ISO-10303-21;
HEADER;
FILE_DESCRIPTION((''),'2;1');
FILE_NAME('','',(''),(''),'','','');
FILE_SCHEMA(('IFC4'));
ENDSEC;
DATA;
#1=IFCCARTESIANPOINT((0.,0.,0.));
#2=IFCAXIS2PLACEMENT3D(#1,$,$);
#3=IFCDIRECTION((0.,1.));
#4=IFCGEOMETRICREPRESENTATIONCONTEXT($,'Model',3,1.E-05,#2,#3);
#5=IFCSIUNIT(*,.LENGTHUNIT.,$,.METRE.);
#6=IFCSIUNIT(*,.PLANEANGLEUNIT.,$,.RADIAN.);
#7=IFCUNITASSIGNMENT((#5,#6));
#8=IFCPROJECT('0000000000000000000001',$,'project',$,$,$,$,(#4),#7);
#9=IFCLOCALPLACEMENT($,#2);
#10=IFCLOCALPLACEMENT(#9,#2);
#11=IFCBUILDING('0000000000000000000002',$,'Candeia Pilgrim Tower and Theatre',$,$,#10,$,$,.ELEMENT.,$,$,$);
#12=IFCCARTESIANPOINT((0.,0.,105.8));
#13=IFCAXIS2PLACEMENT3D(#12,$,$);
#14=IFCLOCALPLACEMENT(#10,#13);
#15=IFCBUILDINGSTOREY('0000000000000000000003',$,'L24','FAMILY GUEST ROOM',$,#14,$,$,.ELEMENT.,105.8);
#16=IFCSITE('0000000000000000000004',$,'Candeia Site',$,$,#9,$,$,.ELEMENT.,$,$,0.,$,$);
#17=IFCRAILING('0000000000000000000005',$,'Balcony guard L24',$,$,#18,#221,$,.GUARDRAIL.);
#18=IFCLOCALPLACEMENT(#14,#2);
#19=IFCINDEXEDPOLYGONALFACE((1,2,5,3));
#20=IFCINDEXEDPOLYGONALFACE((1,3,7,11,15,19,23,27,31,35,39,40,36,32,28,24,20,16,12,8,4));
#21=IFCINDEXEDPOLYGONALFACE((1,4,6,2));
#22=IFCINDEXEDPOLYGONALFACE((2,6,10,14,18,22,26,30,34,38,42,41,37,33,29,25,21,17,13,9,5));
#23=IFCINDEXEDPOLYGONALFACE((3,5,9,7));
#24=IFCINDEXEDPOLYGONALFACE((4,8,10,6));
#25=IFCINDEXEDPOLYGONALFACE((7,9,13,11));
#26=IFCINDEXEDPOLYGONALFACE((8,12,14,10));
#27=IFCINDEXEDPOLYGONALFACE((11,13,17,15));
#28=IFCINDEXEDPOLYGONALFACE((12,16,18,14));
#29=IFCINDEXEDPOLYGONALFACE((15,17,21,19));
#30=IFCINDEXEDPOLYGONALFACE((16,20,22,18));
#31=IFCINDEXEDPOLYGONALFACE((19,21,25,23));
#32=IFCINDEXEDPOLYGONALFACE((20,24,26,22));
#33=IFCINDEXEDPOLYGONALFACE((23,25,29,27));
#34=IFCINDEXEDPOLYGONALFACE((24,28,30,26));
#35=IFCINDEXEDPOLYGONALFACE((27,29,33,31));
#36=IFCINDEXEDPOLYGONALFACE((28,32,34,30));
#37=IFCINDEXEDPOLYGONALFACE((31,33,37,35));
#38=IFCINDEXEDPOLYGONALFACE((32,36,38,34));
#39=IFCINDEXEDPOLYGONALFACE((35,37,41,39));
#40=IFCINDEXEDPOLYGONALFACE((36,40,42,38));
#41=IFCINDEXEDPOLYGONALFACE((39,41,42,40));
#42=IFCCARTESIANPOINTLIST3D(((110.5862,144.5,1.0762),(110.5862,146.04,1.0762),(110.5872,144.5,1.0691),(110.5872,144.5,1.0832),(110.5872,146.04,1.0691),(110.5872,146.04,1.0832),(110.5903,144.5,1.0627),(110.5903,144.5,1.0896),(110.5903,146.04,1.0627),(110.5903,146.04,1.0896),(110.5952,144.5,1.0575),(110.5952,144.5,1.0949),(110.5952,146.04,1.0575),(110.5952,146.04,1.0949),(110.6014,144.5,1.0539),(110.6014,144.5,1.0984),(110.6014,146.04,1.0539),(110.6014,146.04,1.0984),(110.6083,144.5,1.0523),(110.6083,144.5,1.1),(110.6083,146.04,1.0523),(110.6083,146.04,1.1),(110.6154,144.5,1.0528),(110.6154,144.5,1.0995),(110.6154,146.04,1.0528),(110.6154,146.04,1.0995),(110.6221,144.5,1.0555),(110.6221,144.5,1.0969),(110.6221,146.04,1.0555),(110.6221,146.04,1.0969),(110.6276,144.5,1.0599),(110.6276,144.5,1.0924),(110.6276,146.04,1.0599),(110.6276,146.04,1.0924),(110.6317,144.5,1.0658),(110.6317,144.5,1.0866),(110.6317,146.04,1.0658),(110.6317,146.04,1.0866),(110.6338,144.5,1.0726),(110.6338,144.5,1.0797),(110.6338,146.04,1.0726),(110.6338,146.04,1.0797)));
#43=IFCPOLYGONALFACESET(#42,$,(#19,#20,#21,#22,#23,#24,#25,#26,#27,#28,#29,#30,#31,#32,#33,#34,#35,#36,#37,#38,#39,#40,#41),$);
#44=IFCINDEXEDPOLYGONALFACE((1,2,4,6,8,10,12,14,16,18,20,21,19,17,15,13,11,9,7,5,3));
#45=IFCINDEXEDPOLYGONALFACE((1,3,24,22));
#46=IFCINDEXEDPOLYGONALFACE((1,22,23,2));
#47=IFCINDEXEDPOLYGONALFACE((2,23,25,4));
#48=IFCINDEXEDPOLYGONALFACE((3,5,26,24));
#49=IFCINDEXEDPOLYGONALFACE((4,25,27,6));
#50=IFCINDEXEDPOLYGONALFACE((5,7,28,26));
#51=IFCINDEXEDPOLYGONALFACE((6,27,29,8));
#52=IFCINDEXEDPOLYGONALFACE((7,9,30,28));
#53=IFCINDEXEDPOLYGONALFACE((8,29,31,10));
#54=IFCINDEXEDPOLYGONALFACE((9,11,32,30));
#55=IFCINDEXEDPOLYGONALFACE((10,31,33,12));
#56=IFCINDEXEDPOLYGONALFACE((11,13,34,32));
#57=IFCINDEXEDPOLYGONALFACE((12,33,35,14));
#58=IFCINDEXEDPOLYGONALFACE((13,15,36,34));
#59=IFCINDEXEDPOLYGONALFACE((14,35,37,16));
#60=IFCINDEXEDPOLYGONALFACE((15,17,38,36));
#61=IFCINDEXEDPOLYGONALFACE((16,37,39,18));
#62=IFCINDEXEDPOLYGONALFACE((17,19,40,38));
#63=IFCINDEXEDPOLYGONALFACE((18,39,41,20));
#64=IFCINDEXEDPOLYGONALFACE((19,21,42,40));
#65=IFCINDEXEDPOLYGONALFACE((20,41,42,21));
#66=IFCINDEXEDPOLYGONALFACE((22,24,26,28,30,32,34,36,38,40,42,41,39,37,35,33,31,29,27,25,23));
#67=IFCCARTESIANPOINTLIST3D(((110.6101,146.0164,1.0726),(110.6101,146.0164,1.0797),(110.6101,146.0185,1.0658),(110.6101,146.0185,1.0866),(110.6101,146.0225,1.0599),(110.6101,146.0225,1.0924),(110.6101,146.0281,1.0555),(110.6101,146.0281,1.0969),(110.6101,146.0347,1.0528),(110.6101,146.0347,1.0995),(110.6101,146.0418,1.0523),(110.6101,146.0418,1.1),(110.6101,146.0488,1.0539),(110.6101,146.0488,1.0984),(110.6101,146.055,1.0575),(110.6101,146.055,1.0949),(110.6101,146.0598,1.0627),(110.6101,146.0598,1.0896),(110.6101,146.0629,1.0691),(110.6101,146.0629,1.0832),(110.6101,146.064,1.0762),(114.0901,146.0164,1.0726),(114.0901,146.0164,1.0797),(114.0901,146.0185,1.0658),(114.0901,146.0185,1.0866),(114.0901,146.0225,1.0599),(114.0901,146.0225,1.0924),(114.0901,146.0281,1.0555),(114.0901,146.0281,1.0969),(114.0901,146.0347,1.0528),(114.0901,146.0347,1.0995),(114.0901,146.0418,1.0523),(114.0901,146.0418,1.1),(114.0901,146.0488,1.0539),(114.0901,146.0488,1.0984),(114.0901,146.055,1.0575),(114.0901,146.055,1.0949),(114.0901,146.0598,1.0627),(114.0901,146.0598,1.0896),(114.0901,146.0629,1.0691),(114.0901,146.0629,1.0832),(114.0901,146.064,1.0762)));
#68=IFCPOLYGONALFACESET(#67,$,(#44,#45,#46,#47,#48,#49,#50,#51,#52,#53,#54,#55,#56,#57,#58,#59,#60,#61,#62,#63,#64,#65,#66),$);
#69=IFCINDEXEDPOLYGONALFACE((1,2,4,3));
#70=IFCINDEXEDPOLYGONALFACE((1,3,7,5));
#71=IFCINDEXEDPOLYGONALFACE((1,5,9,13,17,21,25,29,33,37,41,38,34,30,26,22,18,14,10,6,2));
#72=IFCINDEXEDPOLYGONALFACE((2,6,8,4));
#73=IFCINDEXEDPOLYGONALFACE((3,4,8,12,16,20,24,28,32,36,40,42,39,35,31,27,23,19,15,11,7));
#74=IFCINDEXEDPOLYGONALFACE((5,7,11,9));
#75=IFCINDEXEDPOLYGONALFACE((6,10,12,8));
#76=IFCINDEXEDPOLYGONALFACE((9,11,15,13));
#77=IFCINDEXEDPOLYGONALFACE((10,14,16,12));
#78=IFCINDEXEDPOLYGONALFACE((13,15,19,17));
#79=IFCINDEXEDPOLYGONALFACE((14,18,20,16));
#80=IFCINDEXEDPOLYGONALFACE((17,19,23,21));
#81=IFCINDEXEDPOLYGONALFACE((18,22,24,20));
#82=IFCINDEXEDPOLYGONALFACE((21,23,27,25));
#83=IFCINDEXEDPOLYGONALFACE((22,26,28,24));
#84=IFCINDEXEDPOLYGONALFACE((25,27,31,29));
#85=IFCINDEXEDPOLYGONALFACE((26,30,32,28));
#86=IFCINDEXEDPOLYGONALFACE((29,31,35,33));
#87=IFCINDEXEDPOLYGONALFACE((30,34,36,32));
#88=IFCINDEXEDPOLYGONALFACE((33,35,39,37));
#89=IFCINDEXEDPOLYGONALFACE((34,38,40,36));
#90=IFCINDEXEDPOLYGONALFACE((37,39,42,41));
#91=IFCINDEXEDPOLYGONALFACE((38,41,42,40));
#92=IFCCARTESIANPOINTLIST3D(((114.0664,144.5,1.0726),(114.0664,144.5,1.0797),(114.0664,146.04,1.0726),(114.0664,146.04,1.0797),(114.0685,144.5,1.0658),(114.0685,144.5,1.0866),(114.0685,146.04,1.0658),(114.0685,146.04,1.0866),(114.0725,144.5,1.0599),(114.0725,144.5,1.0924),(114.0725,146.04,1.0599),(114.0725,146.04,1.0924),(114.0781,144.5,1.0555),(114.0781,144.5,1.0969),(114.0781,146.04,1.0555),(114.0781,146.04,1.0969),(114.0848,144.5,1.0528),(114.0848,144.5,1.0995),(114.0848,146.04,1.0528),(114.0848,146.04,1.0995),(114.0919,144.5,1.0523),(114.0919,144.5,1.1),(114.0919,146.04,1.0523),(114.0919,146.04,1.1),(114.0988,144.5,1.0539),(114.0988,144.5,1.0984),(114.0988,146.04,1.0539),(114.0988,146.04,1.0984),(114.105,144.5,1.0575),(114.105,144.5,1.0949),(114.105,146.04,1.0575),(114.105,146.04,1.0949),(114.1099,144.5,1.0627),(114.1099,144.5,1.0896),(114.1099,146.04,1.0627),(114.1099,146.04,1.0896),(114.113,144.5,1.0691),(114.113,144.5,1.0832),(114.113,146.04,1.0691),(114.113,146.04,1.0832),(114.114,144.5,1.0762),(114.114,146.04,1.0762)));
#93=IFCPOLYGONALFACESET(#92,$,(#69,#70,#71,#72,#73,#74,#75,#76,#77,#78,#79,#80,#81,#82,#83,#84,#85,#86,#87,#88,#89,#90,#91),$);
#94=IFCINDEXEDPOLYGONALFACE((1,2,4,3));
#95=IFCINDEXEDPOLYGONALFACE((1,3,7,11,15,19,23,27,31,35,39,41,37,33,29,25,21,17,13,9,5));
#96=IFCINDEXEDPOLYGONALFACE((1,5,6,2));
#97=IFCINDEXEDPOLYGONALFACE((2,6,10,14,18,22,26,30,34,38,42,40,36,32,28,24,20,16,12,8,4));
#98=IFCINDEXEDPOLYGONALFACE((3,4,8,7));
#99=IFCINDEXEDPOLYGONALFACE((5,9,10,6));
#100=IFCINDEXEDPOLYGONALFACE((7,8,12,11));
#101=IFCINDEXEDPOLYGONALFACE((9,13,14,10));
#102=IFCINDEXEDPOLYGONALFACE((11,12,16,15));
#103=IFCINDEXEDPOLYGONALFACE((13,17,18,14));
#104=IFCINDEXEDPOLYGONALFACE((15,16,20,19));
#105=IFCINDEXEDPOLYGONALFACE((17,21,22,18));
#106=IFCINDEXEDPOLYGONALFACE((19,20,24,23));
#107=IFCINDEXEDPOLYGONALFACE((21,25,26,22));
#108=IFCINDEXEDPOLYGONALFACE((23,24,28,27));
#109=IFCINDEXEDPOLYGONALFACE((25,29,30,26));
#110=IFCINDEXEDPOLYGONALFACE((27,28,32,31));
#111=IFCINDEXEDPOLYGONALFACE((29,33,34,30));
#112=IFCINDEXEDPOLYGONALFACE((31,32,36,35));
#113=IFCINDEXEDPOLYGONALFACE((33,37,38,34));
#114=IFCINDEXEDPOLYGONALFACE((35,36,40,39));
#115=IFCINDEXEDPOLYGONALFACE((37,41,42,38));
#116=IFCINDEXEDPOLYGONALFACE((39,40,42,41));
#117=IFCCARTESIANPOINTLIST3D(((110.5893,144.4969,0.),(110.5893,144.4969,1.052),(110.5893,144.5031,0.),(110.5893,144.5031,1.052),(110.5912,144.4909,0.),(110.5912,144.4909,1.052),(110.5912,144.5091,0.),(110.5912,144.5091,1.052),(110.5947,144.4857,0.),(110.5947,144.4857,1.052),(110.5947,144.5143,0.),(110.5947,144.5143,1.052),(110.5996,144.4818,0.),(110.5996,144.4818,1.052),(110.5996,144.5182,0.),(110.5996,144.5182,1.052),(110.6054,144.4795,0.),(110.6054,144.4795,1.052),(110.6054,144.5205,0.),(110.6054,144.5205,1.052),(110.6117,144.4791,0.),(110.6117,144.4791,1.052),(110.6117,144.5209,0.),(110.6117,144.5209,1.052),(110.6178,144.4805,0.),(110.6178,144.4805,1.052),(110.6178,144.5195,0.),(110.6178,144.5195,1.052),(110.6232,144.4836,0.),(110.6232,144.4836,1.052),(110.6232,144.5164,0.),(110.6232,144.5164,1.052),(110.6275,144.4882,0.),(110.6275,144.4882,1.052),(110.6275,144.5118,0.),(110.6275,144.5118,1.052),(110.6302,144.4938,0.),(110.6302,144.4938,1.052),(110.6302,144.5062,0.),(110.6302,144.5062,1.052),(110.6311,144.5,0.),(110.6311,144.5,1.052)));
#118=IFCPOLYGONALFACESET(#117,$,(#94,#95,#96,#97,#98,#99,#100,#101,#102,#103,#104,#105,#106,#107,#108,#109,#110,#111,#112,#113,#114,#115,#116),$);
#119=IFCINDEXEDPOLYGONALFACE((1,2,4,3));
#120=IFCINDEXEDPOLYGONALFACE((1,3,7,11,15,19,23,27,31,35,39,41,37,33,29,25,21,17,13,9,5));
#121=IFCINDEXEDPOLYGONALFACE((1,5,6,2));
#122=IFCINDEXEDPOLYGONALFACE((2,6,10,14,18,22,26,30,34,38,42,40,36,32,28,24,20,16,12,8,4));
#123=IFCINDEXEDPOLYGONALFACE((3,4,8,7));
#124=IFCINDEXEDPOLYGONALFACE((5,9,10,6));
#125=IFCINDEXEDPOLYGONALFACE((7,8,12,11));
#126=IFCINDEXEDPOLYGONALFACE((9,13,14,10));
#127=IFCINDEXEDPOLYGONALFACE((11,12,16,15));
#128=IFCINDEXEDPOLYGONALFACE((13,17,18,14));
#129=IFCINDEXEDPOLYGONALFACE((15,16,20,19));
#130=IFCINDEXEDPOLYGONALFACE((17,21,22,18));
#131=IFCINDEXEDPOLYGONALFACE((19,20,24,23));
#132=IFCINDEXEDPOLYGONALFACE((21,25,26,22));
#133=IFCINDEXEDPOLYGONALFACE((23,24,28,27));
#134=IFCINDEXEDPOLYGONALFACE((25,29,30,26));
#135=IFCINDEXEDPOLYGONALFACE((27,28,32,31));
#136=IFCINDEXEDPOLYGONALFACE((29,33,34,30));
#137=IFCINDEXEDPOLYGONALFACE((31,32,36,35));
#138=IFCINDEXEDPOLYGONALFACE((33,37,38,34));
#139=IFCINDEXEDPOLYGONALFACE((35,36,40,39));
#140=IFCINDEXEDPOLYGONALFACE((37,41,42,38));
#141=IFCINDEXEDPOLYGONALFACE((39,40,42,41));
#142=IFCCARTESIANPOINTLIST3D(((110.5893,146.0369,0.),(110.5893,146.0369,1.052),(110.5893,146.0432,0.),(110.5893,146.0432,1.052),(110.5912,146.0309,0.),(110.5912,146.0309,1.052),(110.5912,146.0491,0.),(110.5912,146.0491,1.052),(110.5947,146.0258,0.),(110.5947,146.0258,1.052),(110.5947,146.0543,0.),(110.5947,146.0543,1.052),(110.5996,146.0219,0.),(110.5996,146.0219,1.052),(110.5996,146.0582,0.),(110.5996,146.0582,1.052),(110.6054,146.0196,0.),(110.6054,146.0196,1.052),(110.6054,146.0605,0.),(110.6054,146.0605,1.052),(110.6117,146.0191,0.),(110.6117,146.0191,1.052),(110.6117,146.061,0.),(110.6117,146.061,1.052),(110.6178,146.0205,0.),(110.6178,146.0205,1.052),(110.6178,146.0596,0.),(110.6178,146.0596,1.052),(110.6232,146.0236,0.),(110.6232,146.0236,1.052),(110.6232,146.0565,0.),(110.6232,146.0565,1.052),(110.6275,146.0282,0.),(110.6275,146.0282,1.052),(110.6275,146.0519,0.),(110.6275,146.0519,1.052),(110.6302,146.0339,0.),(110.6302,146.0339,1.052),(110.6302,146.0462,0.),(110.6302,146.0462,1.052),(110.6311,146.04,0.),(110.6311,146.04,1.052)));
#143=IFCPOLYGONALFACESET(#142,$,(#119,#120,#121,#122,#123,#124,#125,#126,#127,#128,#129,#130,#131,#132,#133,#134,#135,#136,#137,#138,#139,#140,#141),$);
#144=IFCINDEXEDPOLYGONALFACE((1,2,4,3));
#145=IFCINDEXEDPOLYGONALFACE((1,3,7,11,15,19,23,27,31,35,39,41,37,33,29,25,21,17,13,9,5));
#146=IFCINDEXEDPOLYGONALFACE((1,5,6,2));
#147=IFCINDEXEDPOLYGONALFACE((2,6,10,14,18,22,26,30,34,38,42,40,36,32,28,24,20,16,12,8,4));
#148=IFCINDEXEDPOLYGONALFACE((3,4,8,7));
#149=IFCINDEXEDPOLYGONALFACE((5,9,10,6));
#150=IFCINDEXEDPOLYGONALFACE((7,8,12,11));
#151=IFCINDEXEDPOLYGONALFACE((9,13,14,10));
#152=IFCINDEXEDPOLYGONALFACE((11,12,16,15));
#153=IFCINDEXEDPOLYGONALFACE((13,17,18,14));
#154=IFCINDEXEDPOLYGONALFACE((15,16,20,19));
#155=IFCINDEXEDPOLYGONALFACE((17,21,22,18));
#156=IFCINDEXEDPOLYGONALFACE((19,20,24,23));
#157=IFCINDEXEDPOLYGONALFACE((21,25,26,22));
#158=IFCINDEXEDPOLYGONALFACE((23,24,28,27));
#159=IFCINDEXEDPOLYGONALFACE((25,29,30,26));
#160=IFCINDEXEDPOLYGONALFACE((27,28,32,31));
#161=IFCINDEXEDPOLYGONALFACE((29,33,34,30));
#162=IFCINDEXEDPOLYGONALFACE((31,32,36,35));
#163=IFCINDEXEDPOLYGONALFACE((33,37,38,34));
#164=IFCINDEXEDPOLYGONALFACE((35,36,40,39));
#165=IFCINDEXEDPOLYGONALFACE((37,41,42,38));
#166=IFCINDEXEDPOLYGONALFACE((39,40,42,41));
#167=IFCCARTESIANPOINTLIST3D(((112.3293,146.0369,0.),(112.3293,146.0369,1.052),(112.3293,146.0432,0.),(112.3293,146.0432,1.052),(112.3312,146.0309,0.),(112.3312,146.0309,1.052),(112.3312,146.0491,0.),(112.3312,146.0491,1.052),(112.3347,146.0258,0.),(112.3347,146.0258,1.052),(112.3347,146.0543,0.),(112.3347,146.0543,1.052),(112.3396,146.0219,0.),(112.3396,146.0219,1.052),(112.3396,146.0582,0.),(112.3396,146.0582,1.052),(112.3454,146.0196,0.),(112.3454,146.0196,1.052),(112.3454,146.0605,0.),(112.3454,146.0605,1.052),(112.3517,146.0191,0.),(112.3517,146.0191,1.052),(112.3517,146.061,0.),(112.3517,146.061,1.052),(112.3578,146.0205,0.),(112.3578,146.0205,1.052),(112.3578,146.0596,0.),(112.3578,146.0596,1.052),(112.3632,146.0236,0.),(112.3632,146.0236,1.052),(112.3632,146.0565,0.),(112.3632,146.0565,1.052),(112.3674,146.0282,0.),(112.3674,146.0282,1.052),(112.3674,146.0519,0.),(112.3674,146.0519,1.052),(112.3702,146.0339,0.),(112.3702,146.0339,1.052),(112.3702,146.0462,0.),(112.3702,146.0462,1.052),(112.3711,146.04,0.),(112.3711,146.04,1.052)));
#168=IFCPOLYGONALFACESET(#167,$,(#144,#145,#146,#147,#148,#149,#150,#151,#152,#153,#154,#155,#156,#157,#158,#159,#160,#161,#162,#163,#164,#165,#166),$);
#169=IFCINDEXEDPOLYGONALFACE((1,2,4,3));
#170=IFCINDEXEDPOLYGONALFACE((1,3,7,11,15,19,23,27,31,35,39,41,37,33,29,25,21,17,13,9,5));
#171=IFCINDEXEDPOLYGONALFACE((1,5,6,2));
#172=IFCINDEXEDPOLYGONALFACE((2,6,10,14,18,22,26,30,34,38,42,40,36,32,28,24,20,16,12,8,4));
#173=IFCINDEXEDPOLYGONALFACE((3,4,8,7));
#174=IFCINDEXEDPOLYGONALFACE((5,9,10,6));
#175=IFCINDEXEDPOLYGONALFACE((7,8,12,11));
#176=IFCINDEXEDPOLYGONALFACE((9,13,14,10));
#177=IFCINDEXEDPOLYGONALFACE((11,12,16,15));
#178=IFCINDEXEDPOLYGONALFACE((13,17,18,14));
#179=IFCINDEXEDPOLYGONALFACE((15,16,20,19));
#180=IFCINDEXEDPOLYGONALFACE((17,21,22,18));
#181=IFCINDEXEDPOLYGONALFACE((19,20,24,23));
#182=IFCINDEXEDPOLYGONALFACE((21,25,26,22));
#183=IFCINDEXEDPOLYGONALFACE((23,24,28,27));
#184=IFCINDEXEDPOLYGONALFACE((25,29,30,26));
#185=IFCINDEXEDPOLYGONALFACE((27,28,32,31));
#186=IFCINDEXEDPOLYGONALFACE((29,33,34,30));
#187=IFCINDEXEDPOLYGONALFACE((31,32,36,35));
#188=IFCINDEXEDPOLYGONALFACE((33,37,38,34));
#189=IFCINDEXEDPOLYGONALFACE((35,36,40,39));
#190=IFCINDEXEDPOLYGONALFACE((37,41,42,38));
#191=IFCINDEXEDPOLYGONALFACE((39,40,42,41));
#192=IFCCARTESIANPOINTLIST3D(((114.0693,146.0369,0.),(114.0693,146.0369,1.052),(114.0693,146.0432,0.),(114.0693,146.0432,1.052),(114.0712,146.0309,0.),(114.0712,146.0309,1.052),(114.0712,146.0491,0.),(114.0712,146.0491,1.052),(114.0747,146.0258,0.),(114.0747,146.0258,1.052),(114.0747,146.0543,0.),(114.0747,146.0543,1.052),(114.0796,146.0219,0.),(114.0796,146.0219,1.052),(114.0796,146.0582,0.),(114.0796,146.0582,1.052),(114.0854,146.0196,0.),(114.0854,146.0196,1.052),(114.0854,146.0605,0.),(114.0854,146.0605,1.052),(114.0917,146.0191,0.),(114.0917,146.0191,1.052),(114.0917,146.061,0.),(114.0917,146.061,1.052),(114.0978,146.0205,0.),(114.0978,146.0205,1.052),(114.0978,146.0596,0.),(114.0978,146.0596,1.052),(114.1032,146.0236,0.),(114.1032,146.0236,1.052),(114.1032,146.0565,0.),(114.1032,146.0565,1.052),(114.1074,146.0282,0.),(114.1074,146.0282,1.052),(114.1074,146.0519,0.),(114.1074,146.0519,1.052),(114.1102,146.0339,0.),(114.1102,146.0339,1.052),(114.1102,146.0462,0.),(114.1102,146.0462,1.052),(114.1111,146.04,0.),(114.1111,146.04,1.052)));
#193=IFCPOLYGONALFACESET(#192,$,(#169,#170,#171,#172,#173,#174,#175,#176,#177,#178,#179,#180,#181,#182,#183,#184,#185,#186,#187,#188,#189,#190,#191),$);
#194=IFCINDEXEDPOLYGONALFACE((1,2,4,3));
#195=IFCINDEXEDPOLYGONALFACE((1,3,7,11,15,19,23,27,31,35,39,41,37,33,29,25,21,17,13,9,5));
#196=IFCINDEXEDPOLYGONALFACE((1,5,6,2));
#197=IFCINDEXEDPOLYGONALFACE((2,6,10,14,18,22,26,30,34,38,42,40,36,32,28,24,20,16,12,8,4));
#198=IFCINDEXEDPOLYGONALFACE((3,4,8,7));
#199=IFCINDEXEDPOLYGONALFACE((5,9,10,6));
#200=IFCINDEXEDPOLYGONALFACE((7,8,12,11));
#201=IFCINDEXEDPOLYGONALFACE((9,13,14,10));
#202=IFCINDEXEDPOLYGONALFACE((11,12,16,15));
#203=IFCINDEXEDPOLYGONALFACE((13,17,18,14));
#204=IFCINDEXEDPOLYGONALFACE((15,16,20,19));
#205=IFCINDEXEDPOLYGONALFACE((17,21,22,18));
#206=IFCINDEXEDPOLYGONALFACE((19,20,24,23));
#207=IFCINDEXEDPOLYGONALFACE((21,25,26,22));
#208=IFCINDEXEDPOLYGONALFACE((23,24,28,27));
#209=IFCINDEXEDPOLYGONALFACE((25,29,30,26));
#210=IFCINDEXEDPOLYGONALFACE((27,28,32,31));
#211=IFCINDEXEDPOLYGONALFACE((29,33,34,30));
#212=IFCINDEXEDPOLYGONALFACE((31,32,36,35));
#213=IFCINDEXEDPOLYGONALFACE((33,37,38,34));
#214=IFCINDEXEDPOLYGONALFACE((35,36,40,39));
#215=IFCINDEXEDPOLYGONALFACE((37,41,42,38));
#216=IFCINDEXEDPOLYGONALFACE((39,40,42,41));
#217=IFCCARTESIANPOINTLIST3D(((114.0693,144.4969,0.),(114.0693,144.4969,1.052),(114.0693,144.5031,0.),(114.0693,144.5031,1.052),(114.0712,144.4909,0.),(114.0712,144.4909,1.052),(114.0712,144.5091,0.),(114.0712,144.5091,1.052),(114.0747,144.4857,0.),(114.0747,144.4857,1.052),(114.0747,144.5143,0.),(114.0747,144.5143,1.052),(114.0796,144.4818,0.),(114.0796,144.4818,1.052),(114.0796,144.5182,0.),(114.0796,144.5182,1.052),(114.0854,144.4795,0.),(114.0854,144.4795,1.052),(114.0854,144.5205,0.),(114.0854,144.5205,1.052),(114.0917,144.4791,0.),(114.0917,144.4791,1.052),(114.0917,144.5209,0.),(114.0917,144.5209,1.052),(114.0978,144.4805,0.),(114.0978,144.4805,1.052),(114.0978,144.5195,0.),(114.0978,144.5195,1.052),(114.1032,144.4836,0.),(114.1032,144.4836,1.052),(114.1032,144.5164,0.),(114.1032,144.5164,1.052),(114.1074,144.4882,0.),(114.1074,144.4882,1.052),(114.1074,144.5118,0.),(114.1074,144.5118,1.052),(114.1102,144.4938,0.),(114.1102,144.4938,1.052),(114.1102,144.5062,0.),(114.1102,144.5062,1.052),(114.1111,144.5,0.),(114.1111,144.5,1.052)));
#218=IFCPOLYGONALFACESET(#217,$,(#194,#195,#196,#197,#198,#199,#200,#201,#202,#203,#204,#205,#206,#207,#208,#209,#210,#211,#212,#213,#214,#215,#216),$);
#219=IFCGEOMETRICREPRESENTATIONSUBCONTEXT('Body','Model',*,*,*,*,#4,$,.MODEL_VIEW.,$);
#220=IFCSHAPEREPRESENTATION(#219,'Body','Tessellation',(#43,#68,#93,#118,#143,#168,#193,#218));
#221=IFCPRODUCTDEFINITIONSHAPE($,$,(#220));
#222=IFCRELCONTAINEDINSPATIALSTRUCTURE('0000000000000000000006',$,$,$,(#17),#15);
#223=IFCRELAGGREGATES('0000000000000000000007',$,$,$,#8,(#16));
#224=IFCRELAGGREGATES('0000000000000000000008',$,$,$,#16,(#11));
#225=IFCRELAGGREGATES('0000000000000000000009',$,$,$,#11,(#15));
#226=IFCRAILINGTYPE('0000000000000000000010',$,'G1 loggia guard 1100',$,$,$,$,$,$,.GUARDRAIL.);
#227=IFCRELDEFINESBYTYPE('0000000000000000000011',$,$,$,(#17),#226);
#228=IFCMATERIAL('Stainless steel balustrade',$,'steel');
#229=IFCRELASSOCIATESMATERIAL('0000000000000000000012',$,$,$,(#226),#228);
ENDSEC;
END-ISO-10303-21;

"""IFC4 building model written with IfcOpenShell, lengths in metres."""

from ifc_helpers import new_model, si_unit, direction, frame, origin, origin_2d, place, context, subcontext, project, spatial, circle, extrude, material, type_object, element, save


model = new_model("IFC4")

# Units and contexts
model_context = context("Model", 3, precision=1e-05, world=origin(), true_north=direction((0.0, 1.0)))
body_context = subcontext(model_context, "Body", "Model", "MODEL_VIEW")
ifc_project = project(units=[si_unit("LENGTHUNIT", "METRE"), si_unit("PLANEANGLEUNIT", "RADIAN")], contexts=[model_context])

# Site, building, storey
site_placement = place(None, origin())
site = spatial("IfcSite", under=ifc_project, at=site_placement, Name="Candeia Site", CompositionType="ELEMENT", RefElevation=0.0)
building_placement = place(site_placement, origin())
building = spatial("IfcBuilding", under=site, at=building_placement, Name="Candeia Pilgrim Tower and Theatre", CompositionType="ELEMENT")
storey_placement = place(building_placement, frame((0.0, 0.0, 105.8)))
storey = spatial("IfcBuildingStorey", under=building, at=storey_placement, Name="L24", Description="FAMILY GUEST ROOM", CompositionType="ELEMENT", Elevation=105.8)

# Railing
ifc_material_1 = material(Name="Stainless steel balustrade", Category="steel")
railing_type = type_object("IfcRailingType", Name="G1 loggia guard 1100", PredefinedType="GUARDRAIL", material=ifc_material_1)
railing_placement = place(storey_placement, frame((110.6101, 144.5, 0.0)))
element("IfcRailing", 1, at=railing_placement, inside=storey, type_object=railing_type, Name="Balcony guard L24", PredefinedType="GUARDRAIL", context=body_context, shape_type="SweptSolid", body=[
    extrude(circle(Radius=0.0239, at=origin_2d()), frame((0.0, 0.0, 1.0762), z_axis=(0.0, 1.0, 0.0), x_axis=(-1.0, 0.0, 0.0)), (0.0, 0.0, 1.0), 1.54),
    extrude(circle(Radius=0.0239, at=origin_2d()), frame((0.0, 1.54, 1.0762), z_axis=(1.0, 0.0, 0.0), x_axis=(0.0, 1.0, 0.0)), (0.0, 0.0, 1.0), 3.48),
    extrude(circle(Radius=0.0239, at=origin_2d()), frame((3.48, 1.54, 1.0762), z_axis=(0.0, -1.0, 0.0), x_axis=(1.0, 0.0, 0.0)), (0.0, 0.0, 1.0), 1.54),
    extrude(circle(Radius=0.021, at=origin_2d()), origin(), (0.0, 0.0, 1.0), 1.052),
    extrude(circle(Radius=0.021, at=origin_2d()), frame((0.0, 1.54, 0.0)), (0.0, 0.0, 1.0), 1.052),
    extrude(circle(Radius=0.021, at=origin_2d()), frame((1.74, 1.54, 0.0)), (0.0, 0.0, 1.0), 1.052),
    extrude(circle(Radius=0.021, at=origin_2d()), frame((3.48, 1.54, 0.0)), (0.0, 0.0, 1.0), 1.052),
    extrude(circle(Radius=0.021, at=origin_2d()), frame((3.48, 0.0, 0.0)), (0.0, 0.0, 1.0), 1.052),
])

save(model, "model.ifc")
